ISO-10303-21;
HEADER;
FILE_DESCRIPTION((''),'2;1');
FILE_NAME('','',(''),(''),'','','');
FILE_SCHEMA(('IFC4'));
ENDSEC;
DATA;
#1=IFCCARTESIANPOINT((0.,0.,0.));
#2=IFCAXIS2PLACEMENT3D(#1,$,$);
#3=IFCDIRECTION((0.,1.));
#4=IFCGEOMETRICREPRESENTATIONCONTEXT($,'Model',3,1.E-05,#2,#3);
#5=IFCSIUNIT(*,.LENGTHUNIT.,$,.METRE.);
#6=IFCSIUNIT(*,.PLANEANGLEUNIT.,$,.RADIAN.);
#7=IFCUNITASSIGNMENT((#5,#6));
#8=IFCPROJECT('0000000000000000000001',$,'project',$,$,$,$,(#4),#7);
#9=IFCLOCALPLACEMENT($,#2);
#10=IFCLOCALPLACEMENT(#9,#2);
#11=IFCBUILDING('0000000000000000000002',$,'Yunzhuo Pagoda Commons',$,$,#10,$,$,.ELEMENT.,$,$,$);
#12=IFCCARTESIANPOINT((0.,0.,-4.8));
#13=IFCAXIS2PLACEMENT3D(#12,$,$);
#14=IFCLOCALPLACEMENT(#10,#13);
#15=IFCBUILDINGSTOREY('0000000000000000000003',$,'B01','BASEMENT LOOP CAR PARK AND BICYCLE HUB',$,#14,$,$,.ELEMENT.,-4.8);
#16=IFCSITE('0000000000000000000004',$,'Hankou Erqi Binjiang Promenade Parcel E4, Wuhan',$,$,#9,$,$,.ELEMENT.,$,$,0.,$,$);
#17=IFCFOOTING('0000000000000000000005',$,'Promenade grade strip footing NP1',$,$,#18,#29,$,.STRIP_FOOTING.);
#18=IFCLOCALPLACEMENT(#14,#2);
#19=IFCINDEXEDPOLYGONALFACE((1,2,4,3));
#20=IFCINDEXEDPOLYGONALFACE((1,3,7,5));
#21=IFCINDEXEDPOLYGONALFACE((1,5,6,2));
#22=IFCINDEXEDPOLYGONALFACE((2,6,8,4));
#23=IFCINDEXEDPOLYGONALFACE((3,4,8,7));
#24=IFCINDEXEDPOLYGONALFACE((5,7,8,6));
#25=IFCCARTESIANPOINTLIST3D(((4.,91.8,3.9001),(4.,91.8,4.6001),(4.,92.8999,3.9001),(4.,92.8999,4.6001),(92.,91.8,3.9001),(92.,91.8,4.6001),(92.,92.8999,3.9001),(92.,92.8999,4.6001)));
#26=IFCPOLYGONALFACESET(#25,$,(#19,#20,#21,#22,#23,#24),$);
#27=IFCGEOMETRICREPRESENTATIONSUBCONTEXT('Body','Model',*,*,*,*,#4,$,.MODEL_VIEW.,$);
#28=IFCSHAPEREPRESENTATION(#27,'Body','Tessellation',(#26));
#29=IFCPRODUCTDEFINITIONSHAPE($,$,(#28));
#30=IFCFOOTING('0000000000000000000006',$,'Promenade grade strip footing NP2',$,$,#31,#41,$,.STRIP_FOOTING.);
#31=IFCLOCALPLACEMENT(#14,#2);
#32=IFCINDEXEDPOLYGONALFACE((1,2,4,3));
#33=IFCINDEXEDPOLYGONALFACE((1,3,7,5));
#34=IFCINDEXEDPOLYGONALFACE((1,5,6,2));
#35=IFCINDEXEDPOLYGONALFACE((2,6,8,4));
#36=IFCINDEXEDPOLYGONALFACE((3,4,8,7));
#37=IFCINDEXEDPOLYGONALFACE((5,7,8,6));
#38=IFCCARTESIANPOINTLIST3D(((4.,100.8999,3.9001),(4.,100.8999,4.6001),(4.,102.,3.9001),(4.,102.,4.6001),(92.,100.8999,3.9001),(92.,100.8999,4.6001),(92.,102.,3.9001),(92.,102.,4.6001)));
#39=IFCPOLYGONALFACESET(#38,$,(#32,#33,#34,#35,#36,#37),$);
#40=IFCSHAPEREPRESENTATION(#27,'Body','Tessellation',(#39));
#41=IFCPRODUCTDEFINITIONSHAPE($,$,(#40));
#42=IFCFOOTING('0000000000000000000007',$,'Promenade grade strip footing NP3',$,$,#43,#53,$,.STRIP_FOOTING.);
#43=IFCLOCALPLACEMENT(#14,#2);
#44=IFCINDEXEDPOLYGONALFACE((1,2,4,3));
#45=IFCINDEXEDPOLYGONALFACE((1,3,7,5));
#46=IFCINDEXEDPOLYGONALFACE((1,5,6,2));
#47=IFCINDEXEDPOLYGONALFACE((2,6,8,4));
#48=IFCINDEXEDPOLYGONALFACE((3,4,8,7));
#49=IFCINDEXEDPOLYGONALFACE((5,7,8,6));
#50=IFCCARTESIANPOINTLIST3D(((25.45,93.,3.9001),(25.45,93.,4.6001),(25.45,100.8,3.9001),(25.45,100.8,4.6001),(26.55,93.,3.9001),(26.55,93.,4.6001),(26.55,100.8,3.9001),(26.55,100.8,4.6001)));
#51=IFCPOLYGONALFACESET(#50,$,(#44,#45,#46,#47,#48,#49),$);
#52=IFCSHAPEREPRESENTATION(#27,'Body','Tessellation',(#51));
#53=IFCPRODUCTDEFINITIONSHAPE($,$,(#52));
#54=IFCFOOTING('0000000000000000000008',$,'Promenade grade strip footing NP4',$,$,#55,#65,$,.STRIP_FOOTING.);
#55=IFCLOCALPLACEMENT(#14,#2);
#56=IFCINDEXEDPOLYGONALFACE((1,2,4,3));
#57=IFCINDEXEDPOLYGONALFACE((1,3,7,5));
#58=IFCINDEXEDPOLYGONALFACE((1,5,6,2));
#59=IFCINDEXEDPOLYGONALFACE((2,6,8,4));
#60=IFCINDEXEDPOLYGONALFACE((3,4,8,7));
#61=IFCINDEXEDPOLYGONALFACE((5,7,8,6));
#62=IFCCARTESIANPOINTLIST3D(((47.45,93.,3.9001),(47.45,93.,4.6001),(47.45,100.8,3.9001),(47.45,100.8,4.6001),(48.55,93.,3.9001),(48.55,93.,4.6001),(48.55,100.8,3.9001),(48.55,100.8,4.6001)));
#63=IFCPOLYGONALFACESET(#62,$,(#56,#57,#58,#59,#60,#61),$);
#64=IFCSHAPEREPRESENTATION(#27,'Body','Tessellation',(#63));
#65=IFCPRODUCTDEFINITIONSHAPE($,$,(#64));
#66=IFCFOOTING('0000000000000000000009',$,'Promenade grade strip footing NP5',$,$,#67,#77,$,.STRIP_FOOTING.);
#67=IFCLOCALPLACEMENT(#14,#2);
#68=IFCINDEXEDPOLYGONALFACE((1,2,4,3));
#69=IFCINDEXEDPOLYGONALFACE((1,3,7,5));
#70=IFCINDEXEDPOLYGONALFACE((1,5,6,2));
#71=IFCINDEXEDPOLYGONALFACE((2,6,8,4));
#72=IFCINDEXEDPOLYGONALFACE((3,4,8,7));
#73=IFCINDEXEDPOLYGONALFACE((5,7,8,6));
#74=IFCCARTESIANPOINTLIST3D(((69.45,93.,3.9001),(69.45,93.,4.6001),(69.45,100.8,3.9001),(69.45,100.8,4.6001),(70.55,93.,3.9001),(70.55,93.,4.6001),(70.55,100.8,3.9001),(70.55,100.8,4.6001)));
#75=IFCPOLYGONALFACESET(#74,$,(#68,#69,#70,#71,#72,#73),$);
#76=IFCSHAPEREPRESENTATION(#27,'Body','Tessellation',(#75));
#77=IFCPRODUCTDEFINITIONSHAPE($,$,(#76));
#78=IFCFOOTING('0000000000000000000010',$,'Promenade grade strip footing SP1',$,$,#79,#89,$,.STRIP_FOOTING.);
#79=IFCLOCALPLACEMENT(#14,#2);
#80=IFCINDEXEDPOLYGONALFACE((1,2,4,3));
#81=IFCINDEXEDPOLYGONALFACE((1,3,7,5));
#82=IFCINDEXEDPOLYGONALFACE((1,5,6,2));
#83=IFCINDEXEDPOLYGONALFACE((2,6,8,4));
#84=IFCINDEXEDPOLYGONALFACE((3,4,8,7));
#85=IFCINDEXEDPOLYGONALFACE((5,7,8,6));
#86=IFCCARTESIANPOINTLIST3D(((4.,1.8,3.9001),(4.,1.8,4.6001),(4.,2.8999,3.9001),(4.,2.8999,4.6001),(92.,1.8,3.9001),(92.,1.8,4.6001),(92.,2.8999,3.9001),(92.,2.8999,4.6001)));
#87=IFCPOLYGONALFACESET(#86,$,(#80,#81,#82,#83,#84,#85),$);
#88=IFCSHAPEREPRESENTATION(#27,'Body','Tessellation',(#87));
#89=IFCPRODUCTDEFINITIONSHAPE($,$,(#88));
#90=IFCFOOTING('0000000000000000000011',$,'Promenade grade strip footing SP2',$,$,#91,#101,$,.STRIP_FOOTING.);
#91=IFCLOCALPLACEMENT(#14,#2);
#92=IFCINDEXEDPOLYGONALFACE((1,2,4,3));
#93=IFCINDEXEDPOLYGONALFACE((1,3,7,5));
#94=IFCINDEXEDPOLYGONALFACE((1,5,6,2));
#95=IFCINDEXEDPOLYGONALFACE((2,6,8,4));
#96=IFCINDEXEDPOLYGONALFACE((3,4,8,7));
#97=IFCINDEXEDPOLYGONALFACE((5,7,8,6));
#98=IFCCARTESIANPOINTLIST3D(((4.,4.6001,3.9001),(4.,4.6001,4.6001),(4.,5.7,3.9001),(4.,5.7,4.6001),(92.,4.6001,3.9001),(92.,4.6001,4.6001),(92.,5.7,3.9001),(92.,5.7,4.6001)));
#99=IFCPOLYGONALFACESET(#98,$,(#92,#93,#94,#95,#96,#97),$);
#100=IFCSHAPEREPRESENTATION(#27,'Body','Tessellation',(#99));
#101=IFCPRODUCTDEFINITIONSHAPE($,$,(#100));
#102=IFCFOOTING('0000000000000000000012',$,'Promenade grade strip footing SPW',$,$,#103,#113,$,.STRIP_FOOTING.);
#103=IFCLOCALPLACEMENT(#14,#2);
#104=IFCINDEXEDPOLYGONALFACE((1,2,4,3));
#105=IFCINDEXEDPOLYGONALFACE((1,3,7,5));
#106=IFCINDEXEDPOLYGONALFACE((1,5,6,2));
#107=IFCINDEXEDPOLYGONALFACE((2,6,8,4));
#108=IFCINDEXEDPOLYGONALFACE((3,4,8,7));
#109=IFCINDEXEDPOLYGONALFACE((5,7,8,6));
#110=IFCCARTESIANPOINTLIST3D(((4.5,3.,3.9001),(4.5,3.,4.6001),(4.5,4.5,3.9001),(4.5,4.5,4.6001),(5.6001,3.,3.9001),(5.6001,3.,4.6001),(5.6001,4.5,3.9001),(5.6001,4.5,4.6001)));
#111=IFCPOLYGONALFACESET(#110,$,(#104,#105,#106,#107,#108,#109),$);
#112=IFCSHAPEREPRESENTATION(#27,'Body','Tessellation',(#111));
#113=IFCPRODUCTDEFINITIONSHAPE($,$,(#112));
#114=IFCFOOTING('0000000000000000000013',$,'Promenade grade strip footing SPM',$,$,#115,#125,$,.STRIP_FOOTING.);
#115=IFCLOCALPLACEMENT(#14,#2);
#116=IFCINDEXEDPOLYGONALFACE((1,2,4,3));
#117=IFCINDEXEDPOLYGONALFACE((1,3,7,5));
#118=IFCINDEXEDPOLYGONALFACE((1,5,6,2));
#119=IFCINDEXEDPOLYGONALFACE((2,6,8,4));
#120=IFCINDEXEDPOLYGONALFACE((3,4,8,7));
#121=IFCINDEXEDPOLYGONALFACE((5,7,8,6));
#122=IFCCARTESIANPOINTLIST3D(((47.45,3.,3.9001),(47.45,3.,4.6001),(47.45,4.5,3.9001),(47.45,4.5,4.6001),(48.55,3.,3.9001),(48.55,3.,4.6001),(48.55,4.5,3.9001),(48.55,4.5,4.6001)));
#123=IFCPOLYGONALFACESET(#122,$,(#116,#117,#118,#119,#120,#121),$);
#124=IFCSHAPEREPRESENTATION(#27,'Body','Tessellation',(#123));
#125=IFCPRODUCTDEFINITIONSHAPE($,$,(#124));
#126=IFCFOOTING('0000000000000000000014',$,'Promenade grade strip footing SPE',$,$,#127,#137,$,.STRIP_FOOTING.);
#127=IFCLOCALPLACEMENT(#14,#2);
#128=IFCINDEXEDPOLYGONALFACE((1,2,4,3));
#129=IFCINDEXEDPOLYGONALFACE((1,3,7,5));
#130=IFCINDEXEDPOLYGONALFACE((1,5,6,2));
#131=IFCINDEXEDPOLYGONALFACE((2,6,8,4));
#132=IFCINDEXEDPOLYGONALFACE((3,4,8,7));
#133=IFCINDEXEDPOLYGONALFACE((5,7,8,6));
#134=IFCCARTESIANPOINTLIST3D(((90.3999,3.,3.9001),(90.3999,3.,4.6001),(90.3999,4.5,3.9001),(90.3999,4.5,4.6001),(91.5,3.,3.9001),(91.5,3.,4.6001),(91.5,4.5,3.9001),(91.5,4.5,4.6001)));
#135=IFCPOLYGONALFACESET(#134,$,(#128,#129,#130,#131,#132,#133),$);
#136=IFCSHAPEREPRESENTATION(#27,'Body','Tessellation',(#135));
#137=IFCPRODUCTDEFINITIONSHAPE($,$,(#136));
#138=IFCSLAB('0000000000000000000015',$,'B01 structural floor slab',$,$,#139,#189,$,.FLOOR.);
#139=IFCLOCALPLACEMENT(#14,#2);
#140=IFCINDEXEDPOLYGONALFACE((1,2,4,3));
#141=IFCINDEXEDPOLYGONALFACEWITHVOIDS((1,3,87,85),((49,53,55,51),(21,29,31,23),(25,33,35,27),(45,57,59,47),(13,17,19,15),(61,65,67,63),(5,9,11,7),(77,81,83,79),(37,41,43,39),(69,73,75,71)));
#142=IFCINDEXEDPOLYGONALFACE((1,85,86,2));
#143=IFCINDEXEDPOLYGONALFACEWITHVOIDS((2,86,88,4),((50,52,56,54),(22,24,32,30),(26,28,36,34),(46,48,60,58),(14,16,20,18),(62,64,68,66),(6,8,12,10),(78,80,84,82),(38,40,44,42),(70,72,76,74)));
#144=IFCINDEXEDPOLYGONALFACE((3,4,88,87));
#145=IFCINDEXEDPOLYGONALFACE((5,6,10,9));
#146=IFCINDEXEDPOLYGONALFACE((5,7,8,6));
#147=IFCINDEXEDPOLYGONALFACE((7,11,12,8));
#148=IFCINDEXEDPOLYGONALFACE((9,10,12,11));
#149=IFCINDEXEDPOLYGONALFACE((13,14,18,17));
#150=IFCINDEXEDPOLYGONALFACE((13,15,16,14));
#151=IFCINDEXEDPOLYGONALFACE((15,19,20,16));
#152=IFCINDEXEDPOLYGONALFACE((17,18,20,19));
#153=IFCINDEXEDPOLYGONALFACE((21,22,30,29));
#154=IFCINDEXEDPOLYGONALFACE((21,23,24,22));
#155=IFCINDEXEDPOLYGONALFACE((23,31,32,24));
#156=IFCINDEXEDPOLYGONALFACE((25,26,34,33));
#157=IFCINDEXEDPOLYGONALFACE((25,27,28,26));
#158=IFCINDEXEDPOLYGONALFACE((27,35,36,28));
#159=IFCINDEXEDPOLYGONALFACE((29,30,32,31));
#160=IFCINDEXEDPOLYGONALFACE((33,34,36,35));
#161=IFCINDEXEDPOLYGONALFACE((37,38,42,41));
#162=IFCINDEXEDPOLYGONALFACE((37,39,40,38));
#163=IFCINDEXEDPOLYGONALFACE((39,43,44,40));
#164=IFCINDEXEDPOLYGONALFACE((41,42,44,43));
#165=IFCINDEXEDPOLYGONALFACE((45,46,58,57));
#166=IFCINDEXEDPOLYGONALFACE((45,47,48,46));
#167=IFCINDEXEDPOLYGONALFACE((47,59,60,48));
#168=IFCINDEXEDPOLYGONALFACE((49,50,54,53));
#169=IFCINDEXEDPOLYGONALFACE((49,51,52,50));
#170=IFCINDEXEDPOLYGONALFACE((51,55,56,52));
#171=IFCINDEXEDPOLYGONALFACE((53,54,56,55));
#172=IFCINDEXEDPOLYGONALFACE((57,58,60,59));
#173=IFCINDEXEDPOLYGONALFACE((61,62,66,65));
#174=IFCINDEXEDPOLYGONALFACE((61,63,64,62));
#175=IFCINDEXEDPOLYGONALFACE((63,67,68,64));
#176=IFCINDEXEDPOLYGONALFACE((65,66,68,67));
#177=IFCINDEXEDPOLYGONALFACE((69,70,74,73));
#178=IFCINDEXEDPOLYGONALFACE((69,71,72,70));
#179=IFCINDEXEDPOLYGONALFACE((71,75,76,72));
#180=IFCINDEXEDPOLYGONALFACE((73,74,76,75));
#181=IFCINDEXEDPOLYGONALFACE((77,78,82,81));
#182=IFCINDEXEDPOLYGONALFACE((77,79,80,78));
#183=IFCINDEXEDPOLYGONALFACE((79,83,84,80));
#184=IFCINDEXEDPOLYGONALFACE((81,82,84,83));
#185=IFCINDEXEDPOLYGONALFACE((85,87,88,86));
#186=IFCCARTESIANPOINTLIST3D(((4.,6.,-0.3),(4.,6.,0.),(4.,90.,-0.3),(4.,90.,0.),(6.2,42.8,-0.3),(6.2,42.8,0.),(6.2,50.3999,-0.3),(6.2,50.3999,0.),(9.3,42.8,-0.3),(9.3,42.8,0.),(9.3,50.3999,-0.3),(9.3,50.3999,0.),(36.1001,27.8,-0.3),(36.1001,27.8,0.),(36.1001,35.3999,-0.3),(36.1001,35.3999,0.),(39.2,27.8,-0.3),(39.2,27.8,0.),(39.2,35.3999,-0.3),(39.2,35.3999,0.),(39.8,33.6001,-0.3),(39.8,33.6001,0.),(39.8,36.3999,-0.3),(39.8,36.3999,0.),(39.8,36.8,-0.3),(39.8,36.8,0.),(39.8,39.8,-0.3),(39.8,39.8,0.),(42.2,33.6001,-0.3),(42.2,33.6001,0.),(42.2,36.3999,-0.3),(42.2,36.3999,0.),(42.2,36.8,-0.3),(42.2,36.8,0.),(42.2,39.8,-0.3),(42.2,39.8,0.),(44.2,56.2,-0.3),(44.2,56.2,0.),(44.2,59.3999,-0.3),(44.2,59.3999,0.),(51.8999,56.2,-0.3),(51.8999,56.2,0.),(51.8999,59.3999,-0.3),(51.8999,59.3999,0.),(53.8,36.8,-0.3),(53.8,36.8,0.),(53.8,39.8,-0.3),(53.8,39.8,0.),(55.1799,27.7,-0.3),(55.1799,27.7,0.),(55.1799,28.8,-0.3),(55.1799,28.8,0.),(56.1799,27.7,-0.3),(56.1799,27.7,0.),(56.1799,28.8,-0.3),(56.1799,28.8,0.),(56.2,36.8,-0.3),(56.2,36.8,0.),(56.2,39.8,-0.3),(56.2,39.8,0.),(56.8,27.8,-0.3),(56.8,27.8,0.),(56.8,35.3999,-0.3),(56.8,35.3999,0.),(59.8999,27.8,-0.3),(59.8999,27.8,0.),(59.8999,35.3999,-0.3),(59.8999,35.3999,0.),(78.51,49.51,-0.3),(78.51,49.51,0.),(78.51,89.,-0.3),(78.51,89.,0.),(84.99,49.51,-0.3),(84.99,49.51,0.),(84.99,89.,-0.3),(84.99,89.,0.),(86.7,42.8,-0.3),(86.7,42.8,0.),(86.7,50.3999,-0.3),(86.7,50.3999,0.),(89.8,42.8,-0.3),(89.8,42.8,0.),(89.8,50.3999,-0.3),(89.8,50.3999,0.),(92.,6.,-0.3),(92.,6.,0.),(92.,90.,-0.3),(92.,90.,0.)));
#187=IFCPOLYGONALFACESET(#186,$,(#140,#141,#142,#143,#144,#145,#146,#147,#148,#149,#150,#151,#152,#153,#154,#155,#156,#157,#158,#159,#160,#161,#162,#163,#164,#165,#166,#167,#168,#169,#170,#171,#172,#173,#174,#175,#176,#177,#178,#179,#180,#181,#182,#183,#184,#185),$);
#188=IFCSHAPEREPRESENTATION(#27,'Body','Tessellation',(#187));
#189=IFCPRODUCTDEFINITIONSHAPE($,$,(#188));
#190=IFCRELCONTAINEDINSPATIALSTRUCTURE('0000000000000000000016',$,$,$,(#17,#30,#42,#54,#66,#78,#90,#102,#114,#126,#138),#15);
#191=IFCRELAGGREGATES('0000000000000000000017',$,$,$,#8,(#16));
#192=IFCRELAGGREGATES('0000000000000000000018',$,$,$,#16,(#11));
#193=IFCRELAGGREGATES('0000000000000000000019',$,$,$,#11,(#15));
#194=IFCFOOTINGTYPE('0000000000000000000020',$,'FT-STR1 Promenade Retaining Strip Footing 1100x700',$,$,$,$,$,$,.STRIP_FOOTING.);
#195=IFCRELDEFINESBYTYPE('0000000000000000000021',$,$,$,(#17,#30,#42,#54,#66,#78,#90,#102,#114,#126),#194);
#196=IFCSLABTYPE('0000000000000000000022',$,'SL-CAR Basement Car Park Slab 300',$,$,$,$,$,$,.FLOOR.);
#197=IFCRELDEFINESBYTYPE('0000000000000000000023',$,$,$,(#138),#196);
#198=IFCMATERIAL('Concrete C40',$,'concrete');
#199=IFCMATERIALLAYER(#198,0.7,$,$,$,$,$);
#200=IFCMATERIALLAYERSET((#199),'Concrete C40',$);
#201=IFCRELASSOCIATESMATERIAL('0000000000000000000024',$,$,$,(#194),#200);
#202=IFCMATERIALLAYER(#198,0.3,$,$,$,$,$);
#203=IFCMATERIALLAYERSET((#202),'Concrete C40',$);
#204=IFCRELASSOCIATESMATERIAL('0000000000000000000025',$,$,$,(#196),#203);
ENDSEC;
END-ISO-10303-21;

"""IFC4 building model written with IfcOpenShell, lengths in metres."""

from ifc_helpers import new_model, si_unit, direction, frame, origin, place, context, subcontext, project, spatial, polyline, outline, extrude, material, layer, layer_set, type_object, element, save


model = new_model("IFC4")

# Units and contexts
model_context = context("Model", 3, precision=1e-05, world=origin(), true_north=direction((0.0, 1.0)))
body_context = subcontext(model_context, "Body", "Model", "MODEL_VIEW")
ifc_project = project(units=[si_unit("LENGTHUNIT", "METRE"), si_unit("PLANEANGLEUNIT", "RADIAN")], contexts=[model_context])

# Site, building, storey
site_placement = place(None, origin())
site = spatial("IfcSite", under=ifc_project, at=site_placement, Name="Hankou Erqi Binjiang Promenade Parcel E4, Wuhan", CompositionType="ELEMENT", RefElevation=0.0)
building_placement = place(site_placement, origin())
building = spatial("IfcBuilding", under=site, at=building_placement, Name="Yunzhuo Pagoda Commons", CompositionType="ELEMENT")
storey_placement = place(building_placement, frame((0.0, 0.0, -4.8)))
storey = spatial("IfcBuildingStorey", under=building, at=storey_placement, Name="B01", Description="BASEMENT LOOP CAR PARK AND BICYCLE HUB", CompositionType="ELEMENT", Elevation=-4.8)

# Footings
ifc_material = material(Name="Concrete C40", Category="concrete")
ifc_layer_1 = layer(ifc_material, 0.7)
ifc_layer_set_1 = layer_set([ifc_layer_1], Name="Concrete C40")
footing_type = type_object("IfcFootingType", Name="FT-STR1 Promenade Retaining Strip Footing 1100x700", PredefinedType="STRIP_FOOTING", material=ifc_layer_set_1)
footing_1_placement = place(storey_placement, frame((0.0, 0.0, 3.9001)))
element("IfcFooting", 1, at=footing_1_placement, inside=storey, type_object=footing_type, Name="Promenade grade strip footing NP1", PredefinedType="STRIP_FOOTING", context=body_context, shape_type="SweptSolid", body=[
    extrude(outline(polyline([(4.0, 91.8), (92.0, 91.8), (92.0, 92.8999), (4.0, 92.8999), (4.0, 91.8)])), origin(), (0.0, 0.0, 1.0), 0.7),
])
footing_2_placement = place(storey_placement, frame((0.0, 0.0, 3.9001)))
element("IfcFooting", 2, at=footing_2_placement, inside=storey, type_object=footing_type, Name="Promenade grade strip footing NP2", PredefinedType="STRIP_FOOTING", context=body_context, shape_type="SweptSolid", body=[
    extrude(outline(polyline([(4.0, 100.8999), (92.0, 100.8999), (92.0, 102.0), (4.0, 102.0), (4.0, 100.8999)])), origin(), (0.0, 0.0, 1.0), 0.7),
])
footing_3_placement = place(storey_placement, frame((0.0, 0.0, 3.9001)))
element("IfcFooting", 3, at=footing_3_placement, inside=storey, type_object=footing_type, Name="Promenade grade strip footing NP3", PredefinedType="STRIP_FOOTING", context=body_context, shape_type="SweptSolid", body=[
    extrude(outline(polyline([(25.45, 93.0), (26.55, 93.0), (26.55, 100.8), (25.45, 100.8), (25.45, 93.0)])), origin(), (0.0, 0.0, 1.0), 0.7),
])
footing_4_placement = place(storey_placement, frame((0.0, 0.0, 3.9001)))
element("IfcFooting", 4, at=footing_4_placement, inside=storey, type_object=footing_type, Name="Promenade grade strip footing NP4", PredefinedType="STRIP_FOOTING", context=body_context, shape_type="SweptSolid", body=[
    extrude(outline(polyline([(47.45, 93.0), (48.55, 93.0), (48.55, 100.8), (47.45, 100.8), (47.45, 93.0)])), origin(), (0.0, 0.0, 1.0), 0.7),
])
footing_5_placement = place(storey_placement, frame((0.0, 0.0, 3.9001)))
element("IfcFooting", 5, at=footing_5_placement, inside=storey, type_object=footing_type, Name="Promenade grade strip footing NP5", PredefinedType="STRIP_FOOTING", context=body_context, shape_type="SweptSolid", body=[
    extrude(outline(polyline([(69.45, 93.0), (70.55, 93.0), (70.55, 100.8), (69.45, 100.8), (69.45, 93.0)])), origin(), (0.0, 0.0, 1.0), 0.7),
])
footing_6_placement = place(storey_placement, frame((0.0, 0.0, 3.9001)))
element("IfcFooting", 6, at=footing_6_placement, inside=storey, type_object=footing_type, Name="Promenade grade strip footing SP1", PredefinedType="STRIP_FOOTING", context=body_context, shape_type="SweptSolid", body=[
    extrude(outline(polyline([(4.0, 1.8), (92.0, 1.8), (92.0, 2.8999), (4.0, 2.8999), (4.0, 1.8)])), origin(), (0.0, 0.0, 1.0), 0.7),
])
footing_7_placement = place(storey_placement, frame((0.0, 0.0, 3.9001)))
element("IfcFooting", 7, at=footing_7_placement, inside=storey, type_object=footing_type, Name="Promenade grade strip footing SP2", PredefinedType="STRIP_FOOTING", context=body_context, shape_type="SweptSolid", body=[
    extrude(outline(polyline([(4.0, 4.6001), (92.0, 4.6001), (92.0, 5.7), (4.0, 5.7), (4.0, 4.6001)])), origin(), (0.0, 0.0, 1.0), 0.7),
])
footing_8_placement = place(storey_placement, frame((0.0, 0.0, 3.9001)))
element("IfcFooting", 8, at=footing_8_placement, inside=storey, type_object=footing_type, Name="Promenade grade strip footing SPW", PredefinedType="STRIP_FOOTING", context=body_context, shape_type="SweptSolid", body=[
    extrude(outline(polyline([(4.5, 3.0), (5.6001, 3.0), (5.6001, 4.5), (4.5, 4.5), (4.5, 3.0)])), origin(), (0.0, 0.0, 1.0), 0.7),
])
footing_9_placement = place(storey_placement, frame((0.0, 0.0, 3.9001)))
element("IfcFooting", 9, at=footing_9_placement, inside=storey, type_object=footing_type, Name="Promenade grade strip footing SPM", PredefinedType="STRIP_FOOTING", context=body_context, shape_type="SweptSolid", body=[
    extrude(outline(polyline([(47.45, 3.0), (48.55, 3.0), (48.55, 4.5), (47.45, 4.5), (47.45, 3.0)])), origin(), (0.0, 0.0, 1.0), 0.7),
])
footing_10_placement = place(storey_placement, frame((0.0, 0.0, 3.9001)))
element("IfcFooting", 10, at=footing_10_placement, inside=storey, type_object=footing_type, Name="Promenade grade strip footing SPE", PredefinedType="STRIP_FOOTING", context=body_context, shape_type="SweptSolid", body=[
    extrude(outline(polyline([(90.3999, 3.0), (91.5, 3.0), (91.5, 4.5), (90.3999, 4.5), (90.3999, 3.0)])), origin(), (0.0, 0.0, 1.0), 0.7),
])

# Slab
ifc_layer_2 = layer(ifc_material, 0.3)
ifc_layer_set_2 = layer_set([ifc_layer_2], Name="Concrete C40")
slab_type_1 = type_object("IfcSlabType", Name="SL-CAR Basement Car Park Slab 300", PredefinedType="FLOOR", material=ifc_layer_set_2)
slab_1_placement = place(storey_placement, frame((0.0, 0.0, -0.3)))
element("IfcSlab", 11, at=slab_1_placement, inside=storey, type_object=slab_type_1, Name="B01 structural floor slab", PredefinedType="FLOOR", context=body_context, shape_type="SweptSolid", body=[
    extrude(outline(polyline([(4.0, 90.0), (92.0, 90.0), (92.0, 6.0), (4.0, 6.0), (4.0, 90.0)]), holes=[polyline([(56.1799, 28.8), (55.1799, 28.8), (55.1799, 27.7), (56.1799, 27.7), (56.1799, 28.8)]), polyline([(39.2, 27.8), (39.2, 35.3999), (36.1001, 35.3999), (36.1001, 27.8), (39.2, 27.8)]), polyline([(59.8999, 27.8), (59.8999, 35.3999), (56.8, 35.3999), (56.8, 27.8), (59.8999, 27.8)]), polyline([(42.2, 33.6001), (42.2, 36.3999), (39.8, 36.3999), (39.8, 33.6001), (42.2, 33.6001)]), polyline([(42.2, 36.8), (42.2, 39.8), (39.8, 39.8), (39.8, 36.8), (42.2, 36.8)]), polyline([(56.2, 39.8), (53.8, 39.8), (53.8, 36.8), (56.2, 36.8), (56.2, 39.8)]), polyline([(6.2, 50.3999), (6.2, 42.8), (9.3, 42.8), (9.3, 50.3999), (6.2, 50.3999)]), polyline([(86.7, 50.3999), (86.7, 42.8), (89.8, 42.8), (89.8, 50.3999), (86.7, 50.3999)]), polyline([(51.8999, 56.2), (51.8999, 59.3999), (44.2, 59.3999), (44.2, 56.2), (51.8999, 56.2)]), polyline([(84.99, 49.51), (84.99, 89.0), (78.51, 89.0), (78.51, 49.51), (84.99, 49.51)])]), origin(), (0.0, 0.0, 1.0), 0.3),
])

save(model, "model.ifc")
